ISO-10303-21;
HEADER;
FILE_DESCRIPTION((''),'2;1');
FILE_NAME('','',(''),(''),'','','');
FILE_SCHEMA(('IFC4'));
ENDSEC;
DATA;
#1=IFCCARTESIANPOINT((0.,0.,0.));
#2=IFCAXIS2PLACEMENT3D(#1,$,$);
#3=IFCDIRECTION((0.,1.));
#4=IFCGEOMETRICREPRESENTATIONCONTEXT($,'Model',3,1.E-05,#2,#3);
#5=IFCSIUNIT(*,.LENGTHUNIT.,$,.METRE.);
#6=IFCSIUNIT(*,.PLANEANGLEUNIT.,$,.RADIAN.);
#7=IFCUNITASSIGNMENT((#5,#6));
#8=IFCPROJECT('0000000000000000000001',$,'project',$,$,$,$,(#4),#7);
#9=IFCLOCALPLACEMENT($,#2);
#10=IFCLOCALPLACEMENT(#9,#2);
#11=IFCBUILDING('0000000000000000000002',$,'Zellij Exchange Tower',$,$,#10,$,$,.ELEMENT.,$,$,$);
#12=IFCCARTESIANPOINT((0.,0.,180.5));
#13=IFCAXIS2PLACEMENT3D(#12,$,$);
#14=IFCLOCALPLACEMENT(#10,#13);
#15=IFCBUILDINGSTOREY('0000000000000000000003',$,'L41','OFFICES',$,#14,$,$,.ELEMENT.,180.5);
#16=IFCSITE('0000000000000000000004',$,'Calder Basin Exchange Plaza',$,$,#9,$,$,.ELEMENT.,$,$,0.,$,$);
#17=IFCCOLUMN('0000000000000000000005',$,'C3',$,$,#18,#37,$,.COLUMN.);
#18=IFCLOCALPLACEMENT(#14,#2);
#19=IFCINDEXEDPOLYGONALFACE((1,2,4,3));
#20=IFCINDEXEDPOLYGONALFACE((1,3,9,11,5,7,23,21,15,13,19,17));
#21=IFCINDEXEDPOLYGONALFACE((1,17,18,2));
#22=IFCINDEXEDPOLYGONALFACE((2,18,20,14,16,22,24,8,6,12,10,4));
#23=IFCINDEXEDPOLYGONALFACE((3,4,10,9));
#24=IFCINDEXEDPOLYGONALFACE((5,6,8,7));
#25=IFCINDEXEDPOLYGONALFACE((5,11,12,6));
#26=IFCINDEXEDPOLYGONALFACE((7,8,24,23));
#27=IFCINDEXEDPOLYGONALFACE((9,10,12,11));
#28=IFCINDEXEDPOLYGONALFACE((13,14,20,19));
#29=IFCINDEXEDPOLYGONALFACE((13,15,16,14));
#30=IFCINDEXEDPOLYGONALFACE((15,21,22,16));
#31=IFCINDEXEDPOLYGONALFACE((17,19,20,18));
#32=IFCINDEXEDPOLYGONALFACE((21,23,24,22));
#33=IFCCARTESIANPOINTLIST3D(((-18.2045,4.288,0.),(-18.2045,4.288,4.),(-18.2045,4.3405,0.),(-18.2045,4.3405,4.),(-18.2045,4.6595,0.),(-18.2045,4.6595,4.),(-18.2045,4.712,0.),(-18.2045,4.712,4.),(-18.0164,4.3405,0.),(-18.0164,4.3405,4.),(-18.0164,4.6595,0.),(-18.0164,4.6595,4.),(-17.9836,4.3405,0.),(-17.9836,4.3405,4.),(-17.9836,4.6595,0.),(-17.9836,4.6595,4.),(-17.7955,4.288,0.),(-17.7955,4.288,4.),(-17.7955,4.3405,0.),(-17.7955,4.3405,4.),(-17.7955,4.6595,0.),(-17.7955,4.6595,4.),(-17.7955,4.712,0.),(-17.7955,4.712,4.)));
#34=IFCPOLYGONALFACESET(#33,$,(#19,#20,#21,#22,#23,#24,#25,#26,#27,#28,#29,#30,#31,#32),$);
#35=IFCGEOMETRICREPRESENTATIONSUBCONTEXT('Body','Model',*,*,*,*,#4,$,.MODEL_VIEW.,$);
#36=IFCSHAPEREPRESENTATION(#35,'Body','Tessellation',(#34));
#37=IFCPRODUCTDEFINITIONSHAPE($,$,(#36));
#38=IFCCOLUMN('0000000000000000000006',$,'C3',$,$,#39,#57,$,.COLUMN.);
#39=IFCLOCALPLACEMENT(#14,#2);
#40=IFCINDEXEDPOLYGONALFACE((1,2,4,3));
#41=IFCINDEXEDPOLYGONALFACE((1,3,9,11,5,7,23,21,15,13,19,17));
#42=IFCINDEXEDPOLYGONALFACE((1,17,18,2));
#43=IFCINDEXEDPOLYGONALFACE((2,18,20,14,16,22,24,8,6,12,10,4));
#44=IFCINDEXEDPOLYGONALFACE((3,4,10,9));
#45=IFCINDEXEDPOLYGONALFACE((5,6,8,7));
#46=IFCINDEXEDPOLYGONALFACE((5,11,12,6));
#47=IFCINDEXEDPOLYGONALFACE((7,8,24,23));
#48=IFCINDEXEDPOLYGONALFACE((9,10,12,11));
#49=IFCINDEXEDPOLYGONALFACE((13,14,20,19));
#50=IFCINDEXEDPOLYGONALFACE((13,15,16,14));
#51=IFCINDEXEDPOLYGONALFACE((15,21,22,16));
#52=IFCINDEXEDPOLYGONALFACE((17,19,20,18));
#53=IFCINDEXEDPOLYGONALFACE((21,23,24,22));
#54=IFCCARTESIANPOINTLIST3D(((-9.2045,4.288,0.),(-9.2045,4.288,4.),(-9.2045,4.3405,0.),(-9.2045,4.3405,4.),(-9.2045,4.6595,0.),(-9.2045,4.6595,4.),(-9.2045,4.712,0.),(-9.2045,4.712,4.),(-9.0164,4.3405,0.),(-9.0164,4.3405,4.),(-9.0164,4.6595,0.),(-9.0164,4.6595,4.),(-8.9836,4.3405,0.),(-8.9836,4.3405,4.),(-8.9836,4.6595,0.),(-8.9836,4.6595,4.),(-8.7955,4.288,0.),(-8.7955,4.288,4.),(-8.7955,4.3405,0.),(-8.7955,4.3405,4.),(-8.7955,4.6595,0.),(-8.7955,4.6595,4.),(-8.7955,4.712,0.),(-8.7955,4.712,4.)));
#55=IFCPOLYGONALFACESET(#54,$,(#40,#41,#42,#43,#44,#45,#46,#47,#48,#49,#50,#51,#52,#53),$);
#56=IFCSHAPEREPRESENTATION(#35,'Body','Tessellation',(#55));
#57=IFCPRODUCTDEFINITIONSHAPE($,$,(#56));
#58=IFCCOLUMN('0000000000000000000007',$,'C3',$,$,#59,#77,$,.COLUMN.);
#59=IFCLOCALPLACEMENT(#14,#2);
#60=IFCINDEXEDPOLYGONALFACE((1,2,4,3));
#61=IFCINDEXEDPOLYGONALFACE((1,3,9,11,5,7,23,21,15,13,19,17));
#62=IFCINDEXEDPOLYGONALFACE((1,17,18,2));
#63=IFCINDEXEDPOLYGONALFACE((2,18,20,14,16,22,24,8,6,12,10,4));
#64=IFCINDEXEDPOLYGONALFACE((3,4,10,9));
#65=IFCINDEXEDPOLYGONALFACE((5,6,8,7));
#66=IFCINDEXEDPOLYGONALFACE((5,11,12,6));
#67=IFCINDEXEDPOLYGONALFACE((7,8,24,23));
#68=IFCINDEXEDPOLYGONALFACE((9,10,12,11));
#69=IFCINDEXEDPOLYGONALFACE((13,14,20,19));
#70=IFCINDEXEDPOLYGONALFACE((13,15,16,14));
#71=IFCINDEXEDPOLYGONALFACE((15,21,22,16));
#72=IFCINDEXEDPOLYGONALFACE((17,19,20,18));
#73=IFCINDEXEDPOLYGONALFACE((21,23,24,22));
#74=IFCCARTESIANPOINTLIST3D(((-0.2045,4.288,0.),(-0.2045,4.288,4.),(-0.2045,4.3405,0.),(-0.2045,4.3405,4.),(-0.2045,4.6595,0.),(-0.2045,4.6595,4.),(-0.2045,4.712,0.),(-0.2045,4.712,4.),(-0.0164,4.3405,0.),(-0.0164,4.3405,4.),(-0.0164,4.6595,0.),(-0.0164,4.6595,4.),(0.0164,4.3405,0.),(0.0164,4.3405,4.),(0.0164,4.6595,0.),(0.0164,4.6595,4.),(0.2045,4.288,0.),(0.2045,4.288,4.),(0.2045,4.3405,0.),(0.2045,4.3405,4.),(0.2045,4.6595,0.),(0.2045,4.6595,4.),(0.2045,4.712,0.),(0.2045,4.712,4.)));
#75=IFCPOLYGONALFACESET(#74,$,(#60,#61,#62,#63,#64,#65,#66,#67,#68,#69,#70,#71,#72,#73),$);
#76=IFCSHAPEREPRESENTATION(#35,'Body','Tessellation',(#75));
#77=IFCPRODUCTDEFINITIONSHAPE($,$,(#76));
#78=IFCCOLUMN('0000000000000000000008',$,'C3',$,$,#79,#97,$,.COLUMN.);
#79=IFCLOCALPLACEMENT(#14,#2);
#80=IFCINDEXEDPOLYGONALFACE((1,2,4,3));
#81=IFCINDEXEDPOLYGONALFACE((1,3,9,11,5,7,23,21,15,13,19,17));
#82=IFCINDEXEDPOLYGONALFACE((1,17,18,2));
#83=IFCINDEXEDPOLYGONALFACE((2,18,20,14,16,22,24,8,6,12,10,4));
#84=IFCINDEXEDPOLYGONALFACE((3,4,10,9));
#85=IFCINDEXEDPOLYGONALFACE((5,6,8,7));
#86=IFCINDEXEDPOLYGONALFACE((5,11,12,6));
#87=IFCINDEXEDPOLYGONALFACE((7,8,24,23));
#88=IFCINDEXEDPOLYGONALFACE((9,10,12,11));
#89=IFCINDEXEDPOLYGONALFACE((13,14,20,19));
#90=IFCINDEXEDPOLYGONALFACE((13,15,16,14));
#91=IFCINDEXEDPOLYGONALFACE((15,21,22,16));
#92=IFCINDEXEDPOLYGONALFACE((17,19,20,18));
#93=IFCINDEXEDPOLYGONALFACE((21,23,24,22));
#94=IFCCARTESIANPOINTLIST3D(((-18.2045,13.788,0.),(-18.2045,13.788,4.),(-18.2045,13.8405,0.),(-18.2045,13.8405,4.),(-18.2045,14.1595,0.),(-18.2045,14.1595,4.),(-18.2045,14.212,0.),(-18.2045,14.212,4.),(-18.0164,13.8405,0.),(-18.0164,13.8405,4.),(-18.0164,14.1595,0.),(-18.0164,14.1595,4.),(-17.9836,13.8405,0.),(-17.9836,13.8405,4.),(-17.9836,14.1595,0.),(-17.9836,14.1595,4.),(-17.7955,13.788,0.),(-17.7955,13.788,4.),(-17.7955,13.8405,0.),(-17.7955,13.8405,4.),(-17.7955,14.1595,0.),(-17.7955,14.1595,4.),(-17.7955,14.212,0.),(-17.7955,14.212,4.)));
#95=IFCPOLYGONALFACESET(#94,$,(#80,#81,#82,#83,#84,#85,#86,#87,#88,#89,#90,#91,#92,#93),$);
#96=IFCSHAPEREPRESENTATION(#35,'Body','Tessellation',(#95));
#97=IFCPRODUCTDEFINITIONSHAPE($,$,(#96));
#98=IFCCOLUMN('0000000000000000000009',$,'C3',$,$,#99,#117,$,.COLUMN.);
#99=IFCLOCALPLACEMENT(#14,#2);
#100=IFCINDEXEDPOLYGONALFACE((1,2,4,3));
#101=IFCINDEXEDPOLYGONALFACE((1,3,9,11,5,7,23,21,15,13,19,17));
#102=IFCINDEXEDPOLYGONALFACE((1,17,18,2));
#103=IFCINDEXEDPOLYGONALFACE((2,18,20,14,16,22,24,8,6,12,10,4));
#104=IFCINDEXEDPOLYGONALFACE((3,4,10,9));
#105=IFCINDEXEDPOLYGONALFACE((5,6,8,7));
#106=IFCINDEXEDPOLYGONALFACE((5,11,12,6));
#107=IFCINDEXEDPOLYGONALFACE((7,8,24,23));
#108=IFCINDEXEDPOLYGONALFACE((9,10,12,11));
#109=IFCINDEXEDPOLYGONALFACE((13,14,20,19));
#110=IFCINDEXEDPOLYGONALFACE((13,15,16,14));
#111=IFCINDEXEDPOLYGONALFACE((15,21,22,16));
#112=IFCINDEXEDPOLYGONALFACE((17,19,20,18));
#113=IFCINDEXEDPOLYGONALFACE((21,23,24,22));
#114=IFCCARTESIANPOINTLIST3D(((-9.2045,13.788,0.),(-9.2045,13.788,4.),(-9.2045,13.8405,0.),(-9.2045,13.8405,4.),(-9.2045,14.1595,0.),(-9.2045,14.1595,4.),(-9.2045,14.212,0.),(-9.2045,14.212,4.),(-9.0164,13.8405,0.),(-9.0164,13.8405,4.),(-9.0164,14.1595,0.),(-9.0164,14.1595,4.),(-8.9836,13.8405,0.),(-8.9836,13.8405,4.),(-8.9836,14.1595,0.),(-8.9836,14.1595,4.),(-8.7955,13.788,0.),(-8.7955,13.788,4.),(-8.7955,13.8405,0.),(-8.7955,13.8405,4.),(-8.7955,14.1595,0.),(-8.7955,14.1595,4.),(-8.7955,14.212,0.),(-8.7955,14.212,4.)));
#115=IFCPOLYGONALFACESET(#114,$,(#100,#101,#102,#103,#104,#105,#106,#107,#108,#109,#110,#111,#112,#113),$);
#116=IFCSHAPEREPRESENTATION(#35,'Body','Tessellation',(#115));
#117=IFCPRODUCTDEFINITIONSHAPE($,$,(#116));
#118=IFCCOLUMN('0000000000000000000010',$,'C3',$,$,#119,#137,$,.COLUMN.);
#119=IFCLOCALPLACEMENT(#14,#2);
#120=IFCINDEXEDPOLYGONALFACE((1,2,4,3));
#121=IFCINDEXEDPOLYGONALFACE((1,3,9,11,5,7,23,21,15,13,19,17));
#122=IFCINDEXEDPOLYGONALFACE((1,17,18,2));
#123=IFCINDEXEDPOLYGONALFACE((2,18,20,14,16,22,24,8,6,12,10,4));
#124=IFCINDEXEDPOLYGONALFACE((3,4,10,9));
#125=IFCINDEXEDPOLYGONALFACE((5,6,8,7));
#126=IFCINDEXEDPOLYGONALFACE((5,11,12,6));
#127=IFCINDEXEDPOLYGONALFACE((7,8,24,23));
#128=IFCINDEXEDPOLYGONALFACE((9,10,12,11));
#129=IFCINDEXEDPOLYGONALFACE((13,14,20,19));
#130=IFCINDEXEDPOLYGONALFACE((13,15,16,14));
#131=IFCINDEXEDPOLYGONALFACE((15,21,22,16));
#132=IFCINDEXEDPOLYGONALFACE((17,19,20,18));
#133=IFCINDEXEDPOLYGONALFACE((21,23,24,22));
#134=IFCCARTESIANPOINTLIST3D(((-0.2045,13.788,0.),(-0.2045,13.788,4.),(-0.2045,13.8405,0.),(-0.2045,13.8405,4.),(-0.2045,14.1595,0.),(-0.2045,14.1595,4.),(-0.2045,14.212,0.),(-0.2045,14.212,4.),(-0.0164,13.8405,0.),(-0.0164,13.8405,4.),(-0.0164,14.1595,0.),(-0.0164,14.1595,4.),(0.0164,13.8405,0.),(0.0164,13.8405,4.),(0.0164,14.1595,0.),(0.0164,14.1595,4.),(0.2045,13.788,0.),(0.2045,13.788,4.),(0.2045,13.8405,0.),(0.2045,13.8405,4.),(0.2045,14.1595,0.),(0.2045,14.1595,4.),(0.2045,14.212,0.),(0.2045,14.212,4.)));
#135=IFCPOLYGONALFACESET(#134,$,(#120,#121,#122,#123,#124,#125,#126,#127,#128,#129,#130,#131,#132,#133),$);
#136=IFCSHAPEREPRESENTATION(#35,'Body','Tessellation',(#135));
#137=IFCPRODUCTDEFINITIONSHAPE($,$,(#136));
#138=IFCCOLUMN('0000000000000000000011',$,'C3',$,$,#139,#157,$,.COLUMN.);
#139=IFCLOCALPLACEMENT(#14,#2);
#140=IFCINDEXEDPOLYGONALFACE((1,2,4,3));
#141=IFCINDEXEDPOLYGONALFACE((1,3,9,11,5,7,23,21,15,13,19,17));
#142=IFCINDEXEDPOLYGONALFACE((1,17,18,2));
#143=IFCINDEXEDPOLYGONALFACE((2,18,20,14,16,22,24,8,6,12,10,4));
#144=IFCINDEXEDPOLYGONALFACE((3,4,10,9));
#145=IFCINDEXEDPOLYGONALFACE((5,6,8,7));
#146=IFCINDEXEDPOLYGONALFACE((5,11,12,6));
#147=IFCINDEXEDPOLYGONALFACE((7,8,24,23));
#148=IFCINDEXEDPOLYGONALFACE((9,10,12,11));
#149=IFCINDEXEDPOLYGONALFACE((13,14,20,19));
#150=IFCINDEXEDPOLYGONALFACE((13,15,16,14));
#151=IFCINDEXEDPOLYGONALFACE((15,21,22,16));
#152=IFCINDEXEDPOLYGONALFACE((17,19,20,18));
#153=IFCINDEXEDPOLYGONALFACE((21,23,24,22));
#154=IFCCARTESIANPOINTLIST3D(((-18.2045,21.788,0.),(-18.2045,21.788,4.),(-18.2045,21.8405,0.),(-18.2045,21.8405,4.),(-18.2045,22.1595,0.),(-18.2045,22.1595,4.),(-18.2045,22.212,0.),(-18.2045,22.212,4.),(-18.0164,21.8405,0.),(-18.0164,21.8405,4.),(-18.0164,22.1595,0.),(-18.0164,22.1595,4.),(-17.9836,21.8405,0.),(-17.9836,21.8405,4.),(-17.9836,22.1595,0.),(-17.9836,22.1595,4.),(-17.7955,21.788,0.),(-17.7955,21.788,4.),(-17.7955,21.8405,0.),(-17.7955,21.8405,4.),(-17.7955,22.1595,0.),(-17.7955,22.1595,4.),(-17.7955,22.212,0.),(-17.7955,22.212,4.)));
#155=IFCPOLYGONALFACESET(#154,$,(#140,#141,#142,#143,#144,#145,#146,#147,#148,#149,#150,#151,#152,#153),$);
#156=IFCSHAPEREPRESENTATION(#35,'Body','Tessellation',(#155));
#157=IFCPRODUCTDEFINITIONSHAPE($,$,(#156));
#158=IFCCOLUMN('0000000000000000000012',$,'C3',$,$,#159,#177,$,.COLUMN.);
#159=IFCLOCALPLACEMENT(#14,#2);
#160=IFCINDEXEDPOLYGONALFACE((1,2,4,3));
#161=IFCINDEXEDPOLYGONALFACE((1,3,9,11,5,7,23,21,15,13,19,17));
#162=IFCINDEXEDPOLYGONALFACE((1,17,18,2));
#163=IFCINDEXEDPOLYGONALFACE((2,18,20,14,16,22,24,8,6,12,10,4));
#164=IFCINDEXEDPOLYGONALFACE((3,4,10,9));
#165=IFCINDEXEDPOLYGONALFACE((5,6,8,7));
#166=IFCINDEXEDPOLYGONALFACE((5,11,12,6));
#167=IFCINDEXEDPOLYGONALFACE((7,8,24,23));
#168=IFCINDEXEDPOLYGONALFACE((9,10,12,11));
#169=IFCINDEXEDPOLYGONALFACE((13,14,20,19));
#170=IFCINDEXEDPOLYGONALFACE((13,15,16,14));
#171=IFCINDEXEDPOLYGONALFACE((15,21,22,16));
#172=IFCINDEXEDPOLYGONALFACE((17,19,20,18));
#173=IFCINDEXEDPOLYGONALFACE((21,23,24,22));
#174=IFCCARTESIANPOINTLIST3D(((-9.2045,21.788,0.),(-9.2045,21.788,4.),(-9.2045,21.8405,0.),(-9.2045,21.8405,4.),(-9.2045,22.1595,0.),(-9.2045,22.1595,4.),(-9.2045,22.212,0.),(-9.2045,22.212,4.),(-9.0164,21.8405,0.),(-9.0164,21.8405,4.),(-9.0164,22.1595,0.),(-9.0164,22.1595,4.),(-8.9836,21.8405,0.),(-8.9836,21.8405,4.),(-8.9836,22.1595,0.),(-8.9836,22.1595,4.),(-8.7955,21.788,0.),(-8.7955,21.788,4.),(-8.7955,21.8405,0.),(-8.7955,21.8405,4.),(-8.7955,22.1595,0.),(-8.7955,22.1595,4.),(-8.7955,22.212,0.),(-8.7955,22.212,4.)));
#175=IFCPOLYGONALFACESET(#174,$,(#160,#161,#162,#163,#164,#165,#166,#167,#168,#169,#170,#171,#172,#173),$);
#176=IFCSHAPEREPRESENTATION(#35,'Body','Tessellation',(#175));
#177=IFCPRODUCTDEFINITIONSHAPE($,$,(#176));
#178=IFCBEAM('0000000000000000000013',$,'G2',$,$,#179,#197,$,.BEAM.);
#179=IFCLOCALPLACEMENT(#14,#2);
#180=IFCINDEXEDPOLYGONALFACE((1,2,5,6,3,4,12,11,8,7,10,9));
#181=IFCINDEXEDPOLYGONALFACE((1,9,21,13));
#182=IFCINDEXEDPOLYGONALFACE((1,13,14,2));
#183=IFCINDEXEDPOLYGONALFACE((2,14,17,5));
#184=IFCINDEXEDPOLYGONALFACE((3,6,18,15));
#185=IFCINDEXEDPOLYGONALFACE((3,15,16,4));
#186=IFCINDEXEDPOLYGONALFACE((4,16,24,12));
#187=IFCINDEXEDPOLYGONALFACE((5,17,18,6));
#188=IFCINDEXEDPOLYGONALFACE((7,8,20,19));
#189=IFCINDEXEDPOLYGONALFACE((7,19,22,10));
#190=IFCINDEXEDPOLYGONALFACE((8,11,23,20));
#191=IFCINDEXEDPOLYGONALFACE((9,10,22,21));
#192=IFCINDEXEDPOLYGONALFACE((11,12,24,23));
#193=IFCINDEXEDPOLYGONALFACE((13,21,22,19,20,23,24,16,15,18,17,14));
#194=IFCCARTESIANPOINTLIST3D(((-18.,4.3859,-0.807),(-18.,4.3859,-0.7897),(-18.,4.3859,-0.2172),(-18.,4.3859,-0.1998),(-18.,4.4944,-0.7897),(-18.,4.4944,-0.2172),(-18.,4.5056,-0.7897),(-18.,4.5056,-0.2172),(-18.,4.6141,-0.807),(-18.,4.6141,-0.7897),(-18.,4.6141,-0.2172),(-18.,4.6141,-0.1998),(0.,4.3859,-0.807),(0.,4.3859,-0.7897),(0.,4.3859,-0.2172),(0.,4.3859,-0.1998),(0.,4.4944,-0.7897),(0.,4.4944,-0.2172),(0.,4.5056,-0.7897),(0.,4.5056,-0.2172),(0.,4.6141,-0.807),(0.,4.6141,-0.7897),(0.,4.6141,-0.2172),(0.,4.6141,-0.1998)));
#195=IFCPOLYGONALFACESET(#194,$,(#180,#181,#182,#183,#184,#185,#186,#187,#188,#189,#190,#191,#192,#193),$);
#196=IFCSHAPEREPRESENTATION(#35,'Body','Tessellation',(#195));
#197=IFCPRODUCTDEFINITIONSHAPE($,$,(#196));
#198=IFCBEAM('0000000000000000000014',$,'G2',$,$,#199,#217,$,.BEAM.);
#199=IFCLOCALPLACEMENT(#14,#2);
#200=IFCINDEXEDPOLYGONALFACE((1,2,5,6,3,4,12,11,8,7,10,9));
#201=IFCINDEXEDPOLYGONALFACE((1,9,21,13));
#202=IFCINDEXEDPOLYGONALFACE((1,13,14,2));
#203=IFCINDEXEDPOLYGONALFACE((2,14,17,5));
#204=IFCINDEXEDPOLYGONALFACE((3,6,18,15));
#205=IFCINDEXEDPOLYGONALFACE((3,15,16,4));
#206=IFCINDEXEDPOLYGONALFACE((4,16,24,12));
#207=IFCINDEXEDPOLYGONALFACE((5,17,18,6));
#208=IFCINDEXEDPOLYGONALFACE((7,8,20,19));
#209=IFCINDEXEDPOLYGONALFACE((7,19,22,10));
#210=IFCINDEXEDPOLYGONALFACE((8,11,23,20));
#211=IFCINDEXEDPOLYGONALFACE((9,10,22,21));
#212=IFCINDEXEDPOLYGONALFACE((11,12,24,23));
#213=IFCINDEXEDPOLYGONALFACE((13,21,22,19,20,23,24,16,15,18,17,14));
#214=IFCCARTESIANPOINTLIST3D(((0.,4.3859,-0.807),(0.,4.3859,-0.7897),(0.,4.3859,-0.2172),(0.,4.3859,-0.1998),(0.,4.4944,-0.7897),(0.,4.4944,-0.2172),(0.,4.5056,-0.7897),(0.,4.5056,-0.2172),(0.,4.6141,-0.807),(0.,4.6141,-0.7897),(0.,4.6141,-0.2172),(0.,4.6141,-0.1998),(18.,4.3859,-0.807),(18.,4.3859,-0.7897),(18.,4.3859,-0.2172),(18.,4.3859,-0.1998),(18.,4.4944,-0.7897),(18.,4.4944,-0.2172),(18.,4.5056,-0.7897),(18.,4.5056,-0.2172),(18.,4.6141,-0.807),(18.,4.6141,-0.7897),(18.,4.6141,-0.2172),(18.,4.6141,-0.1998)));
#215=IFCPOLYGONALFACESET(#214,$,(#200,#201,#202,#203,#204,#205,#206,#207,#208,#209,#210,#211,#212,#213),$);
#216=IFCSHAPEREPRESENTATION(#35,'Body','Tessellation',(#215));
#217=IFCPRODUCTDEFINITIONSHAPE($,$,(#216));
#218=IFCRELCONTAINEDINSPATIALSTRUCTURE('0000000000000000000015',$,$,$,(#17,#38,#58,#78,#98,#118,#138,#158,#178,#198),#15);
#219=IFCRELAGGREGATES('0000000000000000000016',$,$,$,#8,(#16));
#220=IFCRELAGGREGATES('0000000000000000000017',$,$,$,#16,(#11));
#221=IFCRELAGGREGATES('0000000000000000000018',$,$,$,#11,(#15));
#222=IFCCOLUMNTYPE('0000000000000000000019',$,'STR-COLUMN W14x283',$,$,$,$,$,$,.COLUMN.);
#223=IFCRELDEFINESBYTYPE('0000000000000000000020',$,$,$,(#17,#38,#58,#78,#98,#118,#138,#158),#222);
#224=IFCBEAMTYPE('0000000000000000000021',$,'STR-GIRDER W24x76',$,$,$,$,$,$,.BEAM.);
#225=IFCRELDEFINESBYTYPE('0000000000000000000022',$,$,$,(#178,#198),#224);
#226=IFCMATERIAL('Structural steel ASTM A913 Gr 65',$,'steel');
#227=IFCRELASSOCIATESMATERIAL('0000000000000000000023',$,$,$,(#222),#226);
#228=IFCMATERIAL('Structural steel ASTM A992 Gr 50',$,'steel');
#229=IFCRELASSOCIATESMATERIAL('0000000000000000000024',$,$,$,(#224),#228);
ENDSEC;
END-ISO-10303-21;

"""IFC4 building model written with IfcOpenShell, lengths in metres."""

from ifc_helpers import new_model, si_unit, direction, frame, origin, origin_2d, place, context, subcontext, project, spatial, i_section, extrude, material, material_profile, profile_set, type_object, element, save


model = new_model("IFC4")

# Units and contexts
model_context = context("Model", 3, precision=1e-05, world=origin(), true_north=direction((0.0, 1.0)))
body_context = subcontext(model_context, "Body", "Model", "MODEL_VIEW")
ifc_project = project(units=[si_unit("LENGTHUNIT", "METRE"), si_unit("PLANEANGLEUNIT", "RADIAN")], contexts=[model_context])

# Site, building, storey
site_placement = place(None, origin())
site = spatial("IfcSite", under=ifc_project, at=site_placement, Name="Calder Basin Exchange Plaza", CompositionType="ELEMENT", RefElevation=0.0)
building_placement = place(site_placement, origin())
building = spatial("IfcBuilding", under=site, at=building_placement, Name="Zellij Exchange Tower", CompositionType="ELEMENT")
storey_placement = place(building_placement, frame((0.0, 0.0, 180.5)))
storey = spatial("IfcBuildingStorey", under=building, at=storey_placement, Name="L41", Description="OFFICES", CompositionType="ELEMENT", Elevation=180.5)

# Columns
ifc_material_1 = material(Name="Structural steel ASTM A913 Gr 65", Category="steel")
ifc_material_profile_1 = material_profile(ifc_material_1, i_section(OverallWidth=0.4089, OverallDepth=0.4241, WebThickness=0.0327, FlangeThickness=0.0525, at=origin_2d()), Name="W14x283")
ifc_profile_set_1 = profile_set([ifc_material_profile_1], Name="Structural steel ASTM A913 Gr 65")
column_type = type_object("IfcColumnType", Name="STR-COLUMN W14x283", PredefinedType="COLUMN", material=ifc_profile_set_1)
for number, where, z_axis, x_axis, name in (
    (1, (-18.0, 4.5, 0.0), (0.0, 0.0, 1.0), (1.0, 0.0, 0.0), "C3"),
    (2, (-9.0, 4.5, 0.0), (0.0, 0.0, 1.0), (1.0, 0.0, 0.0), "C3"),
    (3, (0.0, 4.5, 0.0), (0.0, 0.0, 1.0), (1.0, 0.0, 0.0), "C3"),
    (4, (-18.0, 14.0, 0.0), (0.0, 0.0, 1.0), (1.0, 0.0, 0.0), "C3"),
    (5, (-9.0, 14.0, 0.0), (0.0, 0.0, 1.0), (1.0, 0.0, 0.0), "C3"),
    (6, (0.0, 14.0, 0.0), (0.0, 0.0, 1.0), (1.0, 0.0, 0.0), "C3"),
    (7, (-18.0, 22.0, 0.0), (0.0, 0.0, 1.0), (1.0, 0.0, 0.0), "C3"),
    (8, (-9.0, 22.0, 0.0), (0.0, 0.0, 1.0), (1.0, 0.0, 0.0), "C3"),
):
    element("IfcColumn", number, at=place(storey_placement, frame(where, z_axis=z_axis, x_axis=x_axis)), inside=storey, type_object=column_type, Name=name, PredefinedType="COLUMN", context=body_context, shape_type="SweptSolid", body=[
        extrude(i_section(OverallWidth=0.4089, OverallDepth=0.4241, WebThickness=0.0327, FlangeThickness=0.0525, at=origin_2d()), origin(), (0.0, 0.0, 1.0), 4.0),
    ])

# Beams
ifc_material_2 = material(Name="Structural steel ASTM A992 Gr 50", Category="steel")
ifc_material_profile_2 = material_profile(ifc_material_2, i_section(OverallWidth=0.2283, OverallDepth=0.6072, WebThickness=0.0112, FlangeThickness=0.0173, at=origin_2d()), Name="W24x76")
ifc_profile_set_2 = profile_set([ifc_material_profile_2], Name="Structural steel ASTM A992 Gr 50")
beam_type = type_object("IfcBeamType", Name="STR-GIRDER W24x76", PredefinedType="BEAM", material=ifc_profile_set_2)
for number, where, z_axis, x_axis, name in (
    (9, (-18.0, 4.5, -0.5034), (1.0, 0.0, 0.0), (0.0, 1.0, 0.0), "G2"),
    (10, (0.0, 4.5, -0.5034), (1.0, 0.0, 0.0), (0.0, 1.0, 0.0), "G2"),
):
    element("IfcBeam", number, at=place(storey_placement, frame(where, z_axis=z_axis, x_axis=x_axis)), inside=storey, type_object=beam_type, Name=name, PredefinedType="BEAM", context=body_context, shape_type="SweptSolid", body=[
        extrude(i_section(OverallWidth=0.2283, OverallDepth=0.6072, WebThickness=0.0112, FlangeThickness=0.0173, at=origin_2d()), origin(), (0.0, 0.0, 1.0), 18.0),
    ])

save(model, "model.ifc")
